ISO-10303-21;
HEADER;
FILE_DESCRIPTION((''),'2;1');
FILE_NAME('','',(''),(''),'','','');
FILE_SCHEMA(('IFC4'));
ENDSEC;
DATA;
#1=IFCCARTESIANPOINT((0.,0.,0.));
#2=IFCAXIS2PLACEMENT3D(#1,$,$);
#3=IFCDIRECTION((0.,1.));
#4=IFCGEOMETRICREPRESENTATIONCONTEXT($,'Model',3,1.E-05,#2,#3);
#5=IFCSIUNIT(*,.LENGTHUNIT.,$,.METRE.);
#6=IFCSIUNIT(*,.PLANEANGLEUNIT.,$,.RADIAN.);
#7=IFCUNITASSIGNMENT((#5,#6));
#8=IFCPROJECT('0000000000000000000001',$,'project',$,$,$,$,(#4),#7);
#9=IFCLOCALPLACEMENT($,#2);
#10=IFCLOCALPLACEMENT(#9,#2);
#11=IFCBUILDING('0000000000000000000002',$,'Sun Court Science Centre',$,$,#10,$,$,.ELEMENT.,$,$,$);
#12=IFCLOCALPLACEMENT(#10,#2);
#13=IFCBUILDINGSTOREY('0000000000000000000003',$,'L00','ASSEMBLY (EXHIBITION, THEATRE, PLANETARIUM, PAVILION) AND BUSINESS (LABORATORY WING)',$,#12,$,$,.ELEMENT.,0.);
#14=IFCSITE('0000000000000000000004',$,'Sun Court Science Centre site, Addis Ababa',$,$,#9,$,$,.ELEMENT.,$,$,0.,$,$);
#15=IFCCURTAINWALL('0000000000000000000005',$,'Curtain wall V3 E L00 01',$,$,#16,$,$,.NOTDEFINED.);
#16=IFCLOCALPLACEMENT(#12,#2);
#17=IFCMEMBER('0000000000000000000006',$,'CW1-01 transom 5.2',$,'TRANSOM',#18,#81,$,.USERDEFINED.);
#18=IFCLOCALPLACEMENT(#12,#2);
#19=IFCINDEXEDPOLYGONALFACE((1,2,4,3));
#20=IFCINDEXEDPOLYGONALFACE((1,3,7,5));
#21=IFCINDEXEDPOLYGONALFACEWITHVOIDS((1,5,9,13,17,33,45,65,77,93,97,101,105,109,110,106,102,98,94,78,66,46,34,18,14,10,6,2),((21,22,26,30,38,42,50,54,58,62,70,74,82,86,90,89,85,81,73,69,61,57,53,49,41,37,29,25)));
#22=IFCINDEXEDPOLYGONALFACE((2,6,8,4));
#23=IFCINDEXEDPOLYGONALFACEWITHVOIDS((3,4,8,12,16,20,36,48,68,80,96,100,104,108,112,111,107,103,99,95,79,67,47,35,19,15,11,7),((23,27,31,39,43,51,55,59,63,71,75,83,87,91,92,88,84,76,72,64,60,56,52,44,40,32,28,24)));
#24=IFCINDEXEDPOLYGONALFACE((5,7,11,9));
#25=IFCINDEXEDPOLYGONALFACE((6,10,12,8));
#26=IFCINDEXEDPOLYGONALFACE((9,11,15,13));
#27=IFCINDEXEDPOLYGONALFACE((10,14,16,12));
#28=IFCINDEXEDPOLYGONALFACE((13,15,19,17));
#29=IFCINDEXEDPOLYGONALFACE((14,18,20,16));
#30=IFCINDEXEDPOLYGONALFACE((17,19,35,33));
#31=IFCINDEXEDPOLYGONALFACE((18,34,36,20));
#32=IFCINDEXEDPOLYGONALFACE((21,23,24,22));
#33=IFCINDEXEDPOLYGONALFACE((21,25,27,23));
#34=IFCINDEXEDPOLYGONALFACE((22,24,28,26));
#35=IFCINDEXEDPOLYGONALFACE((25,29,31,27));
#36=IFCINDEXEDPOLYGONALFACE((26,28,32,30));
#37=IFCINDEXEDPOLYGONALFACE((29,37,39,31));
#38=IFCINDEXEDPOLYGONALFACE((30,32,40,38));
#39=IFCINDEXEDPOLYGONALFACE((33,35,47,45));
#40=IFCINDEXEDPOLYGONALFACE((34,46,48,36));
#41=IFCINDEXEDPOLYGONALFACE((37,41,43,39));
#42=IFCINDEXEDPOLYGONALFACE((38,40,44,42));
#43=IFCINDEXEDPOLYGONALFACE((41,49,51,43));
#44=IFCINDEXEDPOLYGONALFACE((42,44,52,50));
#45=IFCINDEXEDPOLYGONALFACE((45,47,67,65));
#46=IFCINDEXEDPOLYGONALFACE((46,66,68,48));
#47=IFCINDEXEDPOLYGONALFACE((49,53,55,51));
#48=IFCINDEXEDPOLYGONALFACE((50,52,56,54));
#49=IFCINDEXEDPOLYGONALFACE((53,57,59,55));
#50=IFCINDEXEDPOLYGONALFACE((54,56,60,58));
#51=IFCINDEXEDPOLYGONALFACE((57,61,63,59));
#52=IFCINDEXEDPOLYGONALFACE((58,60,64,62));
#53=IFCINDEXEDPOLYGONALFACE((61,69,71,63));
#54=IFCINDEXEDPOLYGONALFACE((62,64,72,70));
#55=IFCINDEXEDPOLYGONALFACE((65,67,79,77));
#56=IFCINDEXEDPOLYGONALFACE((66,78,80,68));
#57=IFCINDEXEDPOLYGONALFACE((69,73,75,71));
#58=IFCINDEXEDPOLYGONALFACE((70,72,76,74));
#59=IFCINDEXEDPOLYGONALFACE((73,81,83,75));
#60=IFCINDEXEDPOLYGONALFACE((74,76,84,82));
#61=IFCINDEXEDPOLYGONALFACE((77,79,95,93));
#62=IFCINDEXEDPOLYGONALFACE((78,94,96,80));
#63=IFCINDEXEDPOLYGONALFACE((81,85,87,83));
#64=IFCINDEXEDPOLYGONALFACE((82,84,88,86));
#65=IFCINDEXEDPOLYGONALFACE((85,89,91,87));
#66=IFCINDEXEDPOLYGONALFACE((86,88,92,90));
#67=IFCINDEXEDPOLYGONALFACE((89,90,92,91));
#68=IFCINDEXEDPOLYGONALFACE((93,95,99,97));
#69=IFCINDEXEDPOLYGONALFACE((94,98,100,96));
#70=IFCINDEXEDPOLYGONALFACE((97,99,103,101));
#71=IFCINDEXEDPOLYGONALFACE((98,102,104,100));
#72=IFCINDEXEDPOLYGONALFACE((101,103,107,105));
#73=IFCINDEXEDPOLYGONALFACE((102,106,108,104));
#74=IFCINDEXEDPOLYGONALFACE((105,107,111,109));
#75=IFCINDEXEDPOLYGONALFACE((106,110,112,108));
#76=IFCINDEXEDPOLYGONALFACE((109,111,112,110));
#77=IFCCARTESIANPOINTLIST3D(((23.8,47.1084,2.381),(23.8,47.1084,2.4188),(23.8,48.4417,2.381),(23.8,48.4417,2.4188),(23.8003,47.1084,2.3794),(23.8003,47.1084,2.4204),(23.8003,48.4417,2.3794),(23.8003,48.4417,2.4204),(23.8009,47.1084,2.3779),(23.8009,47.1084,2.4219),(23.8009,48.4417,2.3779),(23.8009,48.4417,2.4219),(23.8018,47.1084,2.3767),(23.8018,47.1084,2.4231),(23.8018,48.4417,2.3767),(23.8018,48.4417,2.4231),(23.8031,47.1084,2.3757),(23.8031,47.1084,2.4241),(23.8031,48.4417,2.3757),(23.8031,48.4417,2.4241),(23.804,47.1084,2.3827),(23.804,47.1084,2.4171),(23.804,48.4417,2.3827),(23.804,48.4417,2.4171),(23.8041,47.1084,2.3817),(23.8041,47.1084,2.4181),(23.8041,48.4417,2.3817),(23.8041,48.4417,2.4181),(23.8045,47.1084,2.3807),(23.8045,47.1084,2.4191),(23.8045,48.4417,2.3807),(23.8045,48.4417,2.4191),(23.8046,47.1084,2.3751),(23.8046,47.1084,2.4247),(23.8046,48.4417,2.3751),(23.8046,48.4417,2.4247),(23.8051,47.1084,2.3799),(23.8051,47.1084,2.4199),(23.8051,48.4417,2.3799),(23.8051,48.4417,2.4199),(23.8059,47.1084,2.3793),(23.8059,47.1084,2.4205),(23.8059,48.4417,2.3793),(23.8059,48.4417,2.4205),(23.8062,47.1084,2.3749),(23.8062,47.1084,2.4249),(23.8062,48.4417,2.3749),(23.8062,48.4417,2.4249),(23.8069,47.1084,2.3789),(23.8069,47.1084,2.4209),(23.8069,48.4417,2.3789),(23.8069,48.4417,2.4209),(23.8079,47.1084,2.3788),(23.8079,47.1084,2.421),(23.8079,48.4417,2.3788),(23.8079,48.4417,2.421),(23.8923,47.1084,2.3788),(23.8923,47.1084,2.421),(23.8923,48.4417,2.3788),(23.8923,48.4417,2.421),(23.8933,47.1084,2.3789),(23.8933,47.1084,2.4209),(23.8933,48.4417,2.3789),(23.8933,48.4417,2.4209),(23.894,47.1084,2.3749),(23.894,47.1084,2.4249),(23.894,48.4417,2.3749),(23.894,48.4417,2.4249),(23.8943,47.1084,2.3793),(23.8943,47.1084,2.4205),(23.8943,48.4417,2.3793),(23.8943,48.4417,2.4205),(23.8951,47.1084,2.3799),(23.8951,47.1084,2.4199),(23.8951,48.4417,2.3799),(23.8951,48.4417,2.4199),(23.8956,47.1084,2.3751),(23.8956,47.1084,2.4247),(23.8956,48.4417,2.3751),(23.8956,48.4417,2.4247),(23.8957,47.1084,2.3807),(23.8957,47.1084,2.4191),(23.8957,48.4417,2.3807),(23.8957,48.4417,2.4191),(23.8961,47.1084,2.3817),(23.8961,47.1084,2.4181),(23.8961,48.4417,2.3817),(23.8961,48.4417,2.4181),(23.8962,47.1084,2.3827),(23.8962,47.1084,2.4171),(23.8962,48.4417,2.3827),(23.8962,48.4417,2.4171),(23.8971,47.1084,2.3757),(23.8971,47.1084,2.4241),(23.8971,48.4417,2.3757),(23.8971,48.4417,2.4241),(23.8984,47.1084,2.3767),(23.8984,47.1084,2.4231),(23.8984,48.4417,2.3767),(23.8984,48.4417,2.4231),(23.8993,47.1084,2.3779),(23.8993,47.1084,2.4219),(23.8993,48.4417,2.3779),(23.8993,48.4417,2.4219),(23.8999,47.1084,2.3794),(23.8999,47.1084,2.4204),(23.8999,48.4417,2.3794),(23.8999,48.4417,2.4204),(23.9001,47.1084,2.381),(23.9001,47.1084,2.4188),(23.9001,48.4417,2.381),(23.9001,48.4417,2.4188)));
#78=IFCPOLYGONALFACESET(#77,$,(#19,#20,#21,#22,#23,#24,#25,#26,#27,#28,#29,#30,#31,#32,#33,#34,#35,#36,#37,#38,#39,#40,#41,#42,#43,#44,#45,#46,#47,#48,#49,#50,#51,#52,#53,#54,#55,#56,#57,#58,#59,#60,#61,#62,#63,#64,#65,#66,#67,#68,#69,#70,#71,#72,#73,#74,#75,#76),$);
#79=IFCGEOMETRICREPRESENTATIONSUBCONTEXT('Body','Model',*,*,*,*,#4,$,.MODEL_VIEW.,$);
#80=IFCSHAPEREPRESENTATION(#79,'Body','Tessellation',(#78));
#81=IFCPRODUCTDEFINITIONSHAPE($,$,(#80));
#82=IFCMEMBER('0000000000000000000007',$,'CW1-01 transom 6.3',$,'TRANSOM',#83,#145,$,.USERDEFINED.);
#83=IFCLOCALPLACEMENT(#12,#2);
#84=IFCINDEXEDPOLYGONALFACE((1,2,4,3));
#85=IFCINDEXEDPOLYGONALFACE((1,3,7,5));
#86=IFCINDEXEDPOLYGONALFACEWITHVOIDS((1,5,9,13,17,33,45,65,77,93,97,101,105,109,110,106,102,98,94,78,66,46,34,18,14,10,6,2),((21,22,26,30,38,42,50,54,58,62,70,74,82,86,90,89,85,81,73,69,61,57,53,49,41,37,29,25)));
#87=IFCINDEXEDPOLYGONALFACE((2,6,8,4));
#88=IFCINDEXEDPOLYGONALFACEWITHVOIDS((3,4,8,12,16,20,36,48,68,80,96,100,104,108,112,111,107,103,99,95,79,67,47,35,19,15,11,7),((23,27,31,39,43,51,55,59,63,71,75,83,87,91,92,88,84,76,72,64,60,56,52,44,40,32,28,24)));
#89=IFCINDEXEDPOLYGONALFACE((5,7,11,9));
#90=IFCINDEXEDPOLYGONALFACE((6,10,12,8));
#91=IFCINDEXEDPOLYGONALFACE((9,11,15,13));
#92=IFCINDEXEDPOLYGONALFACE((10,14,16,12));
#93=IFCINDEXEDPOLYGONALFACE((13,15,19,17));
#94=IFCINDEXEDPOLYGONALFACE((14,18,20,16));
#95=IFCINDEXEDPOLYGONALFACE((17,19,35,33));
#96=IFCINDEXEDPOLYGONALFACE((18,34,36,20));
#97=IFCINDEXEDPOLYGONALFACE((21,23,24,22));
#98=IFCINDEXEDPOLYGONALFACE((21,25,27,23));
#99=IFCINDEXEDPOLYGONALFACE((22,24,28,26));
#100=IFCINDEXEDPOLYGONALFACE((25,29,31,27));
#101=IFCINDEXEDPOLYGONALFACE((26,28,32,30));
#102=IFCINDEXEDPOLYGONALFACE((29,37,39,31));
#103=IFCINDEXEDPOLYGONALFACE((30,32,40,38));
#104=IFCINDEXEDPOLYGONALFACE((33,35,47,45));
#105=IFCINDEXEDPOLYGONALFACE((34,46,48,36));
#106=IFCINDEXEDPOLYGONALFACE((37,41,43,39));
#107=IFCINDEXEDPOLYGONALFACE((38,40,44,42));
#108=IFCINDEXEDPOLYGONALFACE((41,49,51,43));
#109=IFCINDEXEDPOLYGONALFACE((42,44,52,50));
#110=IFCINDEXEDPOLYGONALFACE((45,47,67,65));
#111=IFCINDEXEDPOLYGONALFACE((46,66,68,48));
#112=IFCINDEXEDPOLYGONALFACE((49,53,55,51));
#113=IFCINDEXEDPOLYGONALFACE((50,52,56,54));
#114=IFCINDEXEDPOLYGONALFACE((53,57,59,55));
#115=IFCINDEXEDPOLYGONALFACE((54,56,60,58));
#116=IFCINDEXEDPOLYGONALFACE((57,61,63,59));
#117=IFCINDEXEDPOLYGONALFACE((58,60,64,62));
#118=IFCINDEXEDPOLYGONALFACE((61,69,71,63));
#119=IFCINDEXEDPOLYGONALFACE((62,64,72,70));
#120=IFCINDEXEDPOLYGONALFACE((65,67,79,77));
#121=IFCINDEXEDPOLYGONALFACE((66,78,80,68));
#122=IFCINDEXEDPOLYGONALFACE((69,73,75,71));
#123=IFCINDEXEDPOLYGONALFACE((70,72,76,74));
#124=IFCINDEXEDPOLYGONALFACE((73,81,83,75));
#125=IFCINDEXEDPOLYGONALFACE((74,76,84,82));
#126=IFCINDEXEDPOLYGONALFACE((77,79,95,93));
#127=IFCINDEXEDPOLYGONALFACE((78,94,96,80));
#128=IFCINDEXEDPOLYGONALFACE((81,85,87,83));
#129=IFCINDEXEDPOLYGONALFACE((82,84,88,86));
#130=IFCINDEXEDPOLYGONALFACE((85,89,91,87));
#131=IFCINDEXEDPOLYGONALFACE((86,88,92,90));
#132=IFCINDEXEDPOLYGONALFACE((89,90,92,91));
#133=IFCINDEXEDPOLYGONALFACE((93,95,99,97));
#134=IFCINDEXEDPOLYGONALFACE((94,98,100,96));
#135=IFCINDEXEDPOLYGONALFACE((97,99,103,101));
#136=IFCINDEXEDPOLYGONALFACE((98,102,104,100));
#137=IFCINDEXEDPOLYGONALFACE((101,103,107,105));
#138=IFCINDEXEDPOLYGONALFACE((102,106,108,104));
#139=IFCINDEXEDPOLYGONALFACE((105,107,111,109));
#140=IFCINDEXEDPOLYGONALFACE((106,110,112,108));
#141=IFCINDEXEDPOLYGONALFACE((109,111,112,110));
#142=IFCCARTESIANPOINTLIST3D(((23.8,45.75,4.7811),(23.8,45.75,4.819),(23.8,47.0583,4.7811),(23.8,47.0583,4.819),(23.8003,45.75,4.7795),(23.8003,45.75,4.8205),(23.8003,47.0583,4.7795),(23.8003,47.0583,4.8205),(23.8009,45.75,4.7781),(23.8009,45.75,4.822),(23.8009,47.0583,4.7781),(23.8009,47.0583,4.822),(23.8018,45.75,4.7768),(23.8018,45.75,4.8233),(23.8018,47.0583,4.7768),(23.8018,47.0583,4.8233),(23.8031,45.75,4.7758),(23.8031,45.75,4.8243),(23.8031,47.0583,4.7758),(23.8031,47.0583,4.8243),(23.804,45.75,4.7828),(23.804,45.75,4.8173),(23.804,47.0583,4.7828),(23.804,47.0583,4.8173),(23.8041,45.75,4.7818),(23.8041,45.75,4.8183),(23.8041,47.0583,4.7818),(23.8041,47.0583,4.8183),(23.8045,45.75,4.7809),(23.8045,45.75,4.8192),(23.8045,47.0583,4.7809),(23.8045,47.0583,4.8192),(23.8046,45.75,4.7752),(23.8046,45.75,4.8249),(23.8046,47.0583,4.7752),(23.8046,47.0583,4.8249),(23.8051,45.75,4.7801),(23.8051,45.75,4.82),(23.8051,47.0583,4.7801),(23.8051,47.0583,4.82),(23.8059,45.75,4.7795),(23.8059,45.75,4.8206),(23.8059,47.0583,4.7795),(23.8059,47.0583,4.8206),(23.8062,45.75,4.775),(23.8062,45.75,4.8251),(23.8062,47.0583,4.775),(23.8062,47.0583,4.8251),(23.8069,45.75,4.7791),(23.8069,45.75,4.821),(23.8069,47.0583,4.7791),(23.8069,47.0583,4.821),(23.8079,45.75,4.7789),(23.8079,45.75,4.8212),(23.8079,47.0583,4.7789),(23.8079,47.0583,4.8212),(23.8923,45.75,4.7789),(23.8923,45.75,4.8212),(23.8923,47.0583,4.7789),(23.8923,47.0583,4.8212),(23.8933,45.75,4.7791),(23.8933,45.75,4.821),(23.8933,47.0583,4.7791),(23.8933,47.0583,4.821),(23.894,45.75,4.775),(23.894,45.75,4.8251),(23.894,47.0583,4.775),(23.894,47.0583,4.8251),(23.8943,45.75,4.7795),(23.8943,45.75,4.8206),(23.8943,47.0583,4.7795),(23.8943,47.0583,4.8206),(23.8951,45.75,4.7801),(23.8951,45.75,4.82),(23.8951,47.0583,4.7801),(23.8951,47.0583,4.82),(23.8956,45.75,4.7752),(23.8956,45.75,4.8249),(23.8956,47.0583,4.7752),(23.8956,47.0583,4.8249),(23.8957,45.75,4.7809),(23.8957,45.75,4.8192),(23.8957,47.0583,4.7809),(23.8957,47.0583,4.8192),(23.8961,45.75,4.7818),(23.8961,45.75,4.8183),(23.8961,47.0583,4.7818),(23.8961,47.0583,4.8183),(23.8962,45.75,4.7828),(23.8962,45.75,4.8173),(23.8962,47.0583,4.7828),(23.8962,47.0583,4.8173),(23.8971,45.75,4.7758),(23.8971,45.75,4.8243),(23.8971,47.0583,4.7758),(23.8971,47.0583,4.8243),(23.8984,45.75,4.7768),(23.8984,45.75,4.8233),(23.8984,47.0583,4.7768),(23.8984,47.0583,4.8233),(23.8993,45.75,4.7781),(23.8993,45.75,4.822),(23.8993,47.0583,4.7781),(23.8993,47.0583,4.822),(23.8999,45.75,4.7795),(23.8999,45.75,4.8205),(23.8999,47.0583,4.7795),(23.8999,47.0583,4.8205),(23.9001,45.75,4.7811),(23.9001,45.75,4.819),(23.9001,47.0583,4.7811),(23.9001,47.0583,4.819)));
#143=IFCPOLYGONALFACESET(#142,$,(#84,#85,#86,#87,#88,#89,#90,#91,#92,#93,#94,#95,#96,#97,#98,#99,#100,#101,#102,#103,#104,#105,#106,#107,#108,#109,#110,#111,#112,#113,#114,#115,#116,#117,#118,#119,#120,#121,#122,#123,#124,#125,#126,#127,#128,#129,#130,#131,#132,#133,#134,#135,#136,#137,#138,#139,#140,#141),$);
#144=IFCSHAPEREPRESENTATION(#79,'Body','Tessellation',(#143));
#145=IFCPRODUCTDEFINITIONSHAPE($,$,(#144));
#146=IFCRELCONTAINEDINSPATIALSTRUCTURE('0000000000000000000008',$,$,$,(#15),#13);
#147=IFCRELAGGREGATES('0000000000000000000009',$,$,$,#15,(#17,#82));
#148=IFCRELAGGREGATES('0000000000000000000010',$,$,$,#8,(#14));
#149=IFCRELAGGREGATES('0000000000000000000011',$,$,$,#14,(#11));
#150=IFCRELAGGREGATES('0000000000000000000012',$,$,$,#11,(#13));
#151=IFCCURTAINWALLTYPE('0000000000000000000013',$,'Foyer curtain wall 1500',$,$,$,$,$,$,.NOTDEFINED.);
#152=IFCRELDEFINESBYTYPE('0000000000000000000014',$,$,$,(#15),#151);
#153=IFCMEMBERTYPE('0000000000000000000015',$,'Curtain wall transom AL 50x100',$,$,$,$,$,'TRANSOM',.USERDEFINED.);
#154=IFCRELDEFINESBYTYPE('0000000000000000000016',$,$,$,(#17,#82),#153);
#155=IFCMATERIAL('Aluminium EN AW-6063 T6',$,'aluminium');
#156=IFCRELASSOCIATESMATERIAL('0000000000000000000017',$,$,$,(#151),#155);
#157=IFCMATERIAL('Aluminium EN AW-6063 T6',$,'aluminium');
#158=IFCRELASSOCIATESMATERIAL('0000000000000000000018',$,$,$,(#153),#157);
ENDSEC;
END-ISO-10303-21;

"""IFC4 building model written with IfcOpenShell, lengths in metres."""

from ifc_helpers import new_model, si_unit, direction, frame, origin, origin_2d, place, context, subcontext, project, spatial, hollow_rectangle, extrude, material, material_profile, profile_set, type_object, element, aggregate, save


model = new_model("IFC4")

# Units and contexts
model_context = context("Model", 3, precision=1e-05, world=origin(), true_north=direction((0.0, 1.0)))
body_context = subcontext(model_context, "Body", "Model", "MODEL_VIEW")
ifc_project = project(units=[si_unit("LENGTHUNIT", "METRE"), si_unit("PLANEANGLEUNIT", "RADIAN")], contexts=[model_context])

# Site, building, storey
site_placement = place(None, origin())
site = spatial("IfcSite", under=ifc_project, at=site_placement, Name="Sun Court Science Centre site, Addis Ababa", CompositionType="ELEMENT", RefElevation=0.0)
building_placement = place(site_placement, origin())
building = spatial("IfcBuilding", under=site, at=building_placement, Name="Sun Court Science Centre", CompositionType="ELEMENT")
storey_placement = place(building_placement, origin())
storey = spatial("IfcBuildingStorey", under=building, at=storey_placement, Name="L00", Description="ASSEMBLY (EXHIBITION, THEATRE, PLANETARIUM, PAVILION) AND BUSINESS (LABORATORY WING)", CompositionType="ELEMENT", Elevation=0.0)

# Curtain wall, members
ifc_material_1 = material(Name="Aluminium EN AW-6063 T6", Category="aluminium")
curtain_wall_type = type_object("IfcCurtainWallType", Name="Foyer curtain wall 1500", PredefinedType="NOTDEFINED", material=ifc_material_1)
curtain_wall_placement = place(storey_placement, origin())
curtain_wall = element("IfcCurtainWall", 1, at=curtain_wall_placement, inside=storey, type_object=curtain_wall_type, Name="Curtain wall V3 E L00 01", PredefinedType="NOTDEFINED")
ifc_material_2 = material(Name="Aluminium EN AW-6063 T6", Category="aluminium")
ifc_material_profile_1 = material_profile(ifc_material_2, hollow_rectangle(XDim=0.05, YDim=0.1001, WallThickness=0.0039, InnerFilletRadius=0.0039, OuterFilletRadius=0.0061, at=origin_2d()), Name="AL 50x100x4")
ifc_profile_set_1 = profile_set([ifc_material_profile_1], Name="Aluminium EN AW-6063 T6")
member_type_1 = type_object("IfcMemberType", Name="Curtain wall transom AL 50x100", ElementType="TRANSOM", PredefinedType="USERDEFINED", material=ifc_profile_set_1)
member_1_placement = place(storey_placement, frame((23.8501, 48.4417, 2.3999), z_axis=(0.0, -1.0, 0.0), x_axis=(0.0, 0.0, 1.0)))
member_1 = element("IfcMember", 2, at=member_1_placement, type_object=member_type_1, Name="CW1-01 transom 5.2", ObjectType="TRANSOM", PredefinedType="USERDEFINED", context=body_context, shape_type="SweptSolid", body=[
    extrude(hollow_rectangle(XDim=0.05, YDim=0.1001, WallThickness=0.0039, InnerFilletRadius=0.0039, OuterFilletRadius=0.0061, at=origin_2d()), origin(), (0.0, 0.0, 1.0), 1.3333),
])
member_2_placement = place(storey_placement, frame((23.8501, 47.0583, 4.8), z_axis=(0.0, -1.0, 0.0), x_axis=(0.0, 0.0, 1.0)))
member_2 = element("IfcMember", 3, at=member_2_placement, type_object=member_type_1, Name="CW1-01 transom 6.3", ObjectType="TRANSOM", PredefinedType="USERDEFINED", context=body_context, shape_type="SweptSolid", body=[
    extrude(hollow_rectangle(XDim=0.05, YDim=0.1001, WallThickness=0.0039, InnerFilletRadius=0.0039, OuterFilletRadius=0.0061, at=origin_2d()), origin(), (0.0, 0.0, 1.0), 1.3083),
])
aggregate(curtain_wall, [member_1, member_2])

save(model, "model.ifc")
